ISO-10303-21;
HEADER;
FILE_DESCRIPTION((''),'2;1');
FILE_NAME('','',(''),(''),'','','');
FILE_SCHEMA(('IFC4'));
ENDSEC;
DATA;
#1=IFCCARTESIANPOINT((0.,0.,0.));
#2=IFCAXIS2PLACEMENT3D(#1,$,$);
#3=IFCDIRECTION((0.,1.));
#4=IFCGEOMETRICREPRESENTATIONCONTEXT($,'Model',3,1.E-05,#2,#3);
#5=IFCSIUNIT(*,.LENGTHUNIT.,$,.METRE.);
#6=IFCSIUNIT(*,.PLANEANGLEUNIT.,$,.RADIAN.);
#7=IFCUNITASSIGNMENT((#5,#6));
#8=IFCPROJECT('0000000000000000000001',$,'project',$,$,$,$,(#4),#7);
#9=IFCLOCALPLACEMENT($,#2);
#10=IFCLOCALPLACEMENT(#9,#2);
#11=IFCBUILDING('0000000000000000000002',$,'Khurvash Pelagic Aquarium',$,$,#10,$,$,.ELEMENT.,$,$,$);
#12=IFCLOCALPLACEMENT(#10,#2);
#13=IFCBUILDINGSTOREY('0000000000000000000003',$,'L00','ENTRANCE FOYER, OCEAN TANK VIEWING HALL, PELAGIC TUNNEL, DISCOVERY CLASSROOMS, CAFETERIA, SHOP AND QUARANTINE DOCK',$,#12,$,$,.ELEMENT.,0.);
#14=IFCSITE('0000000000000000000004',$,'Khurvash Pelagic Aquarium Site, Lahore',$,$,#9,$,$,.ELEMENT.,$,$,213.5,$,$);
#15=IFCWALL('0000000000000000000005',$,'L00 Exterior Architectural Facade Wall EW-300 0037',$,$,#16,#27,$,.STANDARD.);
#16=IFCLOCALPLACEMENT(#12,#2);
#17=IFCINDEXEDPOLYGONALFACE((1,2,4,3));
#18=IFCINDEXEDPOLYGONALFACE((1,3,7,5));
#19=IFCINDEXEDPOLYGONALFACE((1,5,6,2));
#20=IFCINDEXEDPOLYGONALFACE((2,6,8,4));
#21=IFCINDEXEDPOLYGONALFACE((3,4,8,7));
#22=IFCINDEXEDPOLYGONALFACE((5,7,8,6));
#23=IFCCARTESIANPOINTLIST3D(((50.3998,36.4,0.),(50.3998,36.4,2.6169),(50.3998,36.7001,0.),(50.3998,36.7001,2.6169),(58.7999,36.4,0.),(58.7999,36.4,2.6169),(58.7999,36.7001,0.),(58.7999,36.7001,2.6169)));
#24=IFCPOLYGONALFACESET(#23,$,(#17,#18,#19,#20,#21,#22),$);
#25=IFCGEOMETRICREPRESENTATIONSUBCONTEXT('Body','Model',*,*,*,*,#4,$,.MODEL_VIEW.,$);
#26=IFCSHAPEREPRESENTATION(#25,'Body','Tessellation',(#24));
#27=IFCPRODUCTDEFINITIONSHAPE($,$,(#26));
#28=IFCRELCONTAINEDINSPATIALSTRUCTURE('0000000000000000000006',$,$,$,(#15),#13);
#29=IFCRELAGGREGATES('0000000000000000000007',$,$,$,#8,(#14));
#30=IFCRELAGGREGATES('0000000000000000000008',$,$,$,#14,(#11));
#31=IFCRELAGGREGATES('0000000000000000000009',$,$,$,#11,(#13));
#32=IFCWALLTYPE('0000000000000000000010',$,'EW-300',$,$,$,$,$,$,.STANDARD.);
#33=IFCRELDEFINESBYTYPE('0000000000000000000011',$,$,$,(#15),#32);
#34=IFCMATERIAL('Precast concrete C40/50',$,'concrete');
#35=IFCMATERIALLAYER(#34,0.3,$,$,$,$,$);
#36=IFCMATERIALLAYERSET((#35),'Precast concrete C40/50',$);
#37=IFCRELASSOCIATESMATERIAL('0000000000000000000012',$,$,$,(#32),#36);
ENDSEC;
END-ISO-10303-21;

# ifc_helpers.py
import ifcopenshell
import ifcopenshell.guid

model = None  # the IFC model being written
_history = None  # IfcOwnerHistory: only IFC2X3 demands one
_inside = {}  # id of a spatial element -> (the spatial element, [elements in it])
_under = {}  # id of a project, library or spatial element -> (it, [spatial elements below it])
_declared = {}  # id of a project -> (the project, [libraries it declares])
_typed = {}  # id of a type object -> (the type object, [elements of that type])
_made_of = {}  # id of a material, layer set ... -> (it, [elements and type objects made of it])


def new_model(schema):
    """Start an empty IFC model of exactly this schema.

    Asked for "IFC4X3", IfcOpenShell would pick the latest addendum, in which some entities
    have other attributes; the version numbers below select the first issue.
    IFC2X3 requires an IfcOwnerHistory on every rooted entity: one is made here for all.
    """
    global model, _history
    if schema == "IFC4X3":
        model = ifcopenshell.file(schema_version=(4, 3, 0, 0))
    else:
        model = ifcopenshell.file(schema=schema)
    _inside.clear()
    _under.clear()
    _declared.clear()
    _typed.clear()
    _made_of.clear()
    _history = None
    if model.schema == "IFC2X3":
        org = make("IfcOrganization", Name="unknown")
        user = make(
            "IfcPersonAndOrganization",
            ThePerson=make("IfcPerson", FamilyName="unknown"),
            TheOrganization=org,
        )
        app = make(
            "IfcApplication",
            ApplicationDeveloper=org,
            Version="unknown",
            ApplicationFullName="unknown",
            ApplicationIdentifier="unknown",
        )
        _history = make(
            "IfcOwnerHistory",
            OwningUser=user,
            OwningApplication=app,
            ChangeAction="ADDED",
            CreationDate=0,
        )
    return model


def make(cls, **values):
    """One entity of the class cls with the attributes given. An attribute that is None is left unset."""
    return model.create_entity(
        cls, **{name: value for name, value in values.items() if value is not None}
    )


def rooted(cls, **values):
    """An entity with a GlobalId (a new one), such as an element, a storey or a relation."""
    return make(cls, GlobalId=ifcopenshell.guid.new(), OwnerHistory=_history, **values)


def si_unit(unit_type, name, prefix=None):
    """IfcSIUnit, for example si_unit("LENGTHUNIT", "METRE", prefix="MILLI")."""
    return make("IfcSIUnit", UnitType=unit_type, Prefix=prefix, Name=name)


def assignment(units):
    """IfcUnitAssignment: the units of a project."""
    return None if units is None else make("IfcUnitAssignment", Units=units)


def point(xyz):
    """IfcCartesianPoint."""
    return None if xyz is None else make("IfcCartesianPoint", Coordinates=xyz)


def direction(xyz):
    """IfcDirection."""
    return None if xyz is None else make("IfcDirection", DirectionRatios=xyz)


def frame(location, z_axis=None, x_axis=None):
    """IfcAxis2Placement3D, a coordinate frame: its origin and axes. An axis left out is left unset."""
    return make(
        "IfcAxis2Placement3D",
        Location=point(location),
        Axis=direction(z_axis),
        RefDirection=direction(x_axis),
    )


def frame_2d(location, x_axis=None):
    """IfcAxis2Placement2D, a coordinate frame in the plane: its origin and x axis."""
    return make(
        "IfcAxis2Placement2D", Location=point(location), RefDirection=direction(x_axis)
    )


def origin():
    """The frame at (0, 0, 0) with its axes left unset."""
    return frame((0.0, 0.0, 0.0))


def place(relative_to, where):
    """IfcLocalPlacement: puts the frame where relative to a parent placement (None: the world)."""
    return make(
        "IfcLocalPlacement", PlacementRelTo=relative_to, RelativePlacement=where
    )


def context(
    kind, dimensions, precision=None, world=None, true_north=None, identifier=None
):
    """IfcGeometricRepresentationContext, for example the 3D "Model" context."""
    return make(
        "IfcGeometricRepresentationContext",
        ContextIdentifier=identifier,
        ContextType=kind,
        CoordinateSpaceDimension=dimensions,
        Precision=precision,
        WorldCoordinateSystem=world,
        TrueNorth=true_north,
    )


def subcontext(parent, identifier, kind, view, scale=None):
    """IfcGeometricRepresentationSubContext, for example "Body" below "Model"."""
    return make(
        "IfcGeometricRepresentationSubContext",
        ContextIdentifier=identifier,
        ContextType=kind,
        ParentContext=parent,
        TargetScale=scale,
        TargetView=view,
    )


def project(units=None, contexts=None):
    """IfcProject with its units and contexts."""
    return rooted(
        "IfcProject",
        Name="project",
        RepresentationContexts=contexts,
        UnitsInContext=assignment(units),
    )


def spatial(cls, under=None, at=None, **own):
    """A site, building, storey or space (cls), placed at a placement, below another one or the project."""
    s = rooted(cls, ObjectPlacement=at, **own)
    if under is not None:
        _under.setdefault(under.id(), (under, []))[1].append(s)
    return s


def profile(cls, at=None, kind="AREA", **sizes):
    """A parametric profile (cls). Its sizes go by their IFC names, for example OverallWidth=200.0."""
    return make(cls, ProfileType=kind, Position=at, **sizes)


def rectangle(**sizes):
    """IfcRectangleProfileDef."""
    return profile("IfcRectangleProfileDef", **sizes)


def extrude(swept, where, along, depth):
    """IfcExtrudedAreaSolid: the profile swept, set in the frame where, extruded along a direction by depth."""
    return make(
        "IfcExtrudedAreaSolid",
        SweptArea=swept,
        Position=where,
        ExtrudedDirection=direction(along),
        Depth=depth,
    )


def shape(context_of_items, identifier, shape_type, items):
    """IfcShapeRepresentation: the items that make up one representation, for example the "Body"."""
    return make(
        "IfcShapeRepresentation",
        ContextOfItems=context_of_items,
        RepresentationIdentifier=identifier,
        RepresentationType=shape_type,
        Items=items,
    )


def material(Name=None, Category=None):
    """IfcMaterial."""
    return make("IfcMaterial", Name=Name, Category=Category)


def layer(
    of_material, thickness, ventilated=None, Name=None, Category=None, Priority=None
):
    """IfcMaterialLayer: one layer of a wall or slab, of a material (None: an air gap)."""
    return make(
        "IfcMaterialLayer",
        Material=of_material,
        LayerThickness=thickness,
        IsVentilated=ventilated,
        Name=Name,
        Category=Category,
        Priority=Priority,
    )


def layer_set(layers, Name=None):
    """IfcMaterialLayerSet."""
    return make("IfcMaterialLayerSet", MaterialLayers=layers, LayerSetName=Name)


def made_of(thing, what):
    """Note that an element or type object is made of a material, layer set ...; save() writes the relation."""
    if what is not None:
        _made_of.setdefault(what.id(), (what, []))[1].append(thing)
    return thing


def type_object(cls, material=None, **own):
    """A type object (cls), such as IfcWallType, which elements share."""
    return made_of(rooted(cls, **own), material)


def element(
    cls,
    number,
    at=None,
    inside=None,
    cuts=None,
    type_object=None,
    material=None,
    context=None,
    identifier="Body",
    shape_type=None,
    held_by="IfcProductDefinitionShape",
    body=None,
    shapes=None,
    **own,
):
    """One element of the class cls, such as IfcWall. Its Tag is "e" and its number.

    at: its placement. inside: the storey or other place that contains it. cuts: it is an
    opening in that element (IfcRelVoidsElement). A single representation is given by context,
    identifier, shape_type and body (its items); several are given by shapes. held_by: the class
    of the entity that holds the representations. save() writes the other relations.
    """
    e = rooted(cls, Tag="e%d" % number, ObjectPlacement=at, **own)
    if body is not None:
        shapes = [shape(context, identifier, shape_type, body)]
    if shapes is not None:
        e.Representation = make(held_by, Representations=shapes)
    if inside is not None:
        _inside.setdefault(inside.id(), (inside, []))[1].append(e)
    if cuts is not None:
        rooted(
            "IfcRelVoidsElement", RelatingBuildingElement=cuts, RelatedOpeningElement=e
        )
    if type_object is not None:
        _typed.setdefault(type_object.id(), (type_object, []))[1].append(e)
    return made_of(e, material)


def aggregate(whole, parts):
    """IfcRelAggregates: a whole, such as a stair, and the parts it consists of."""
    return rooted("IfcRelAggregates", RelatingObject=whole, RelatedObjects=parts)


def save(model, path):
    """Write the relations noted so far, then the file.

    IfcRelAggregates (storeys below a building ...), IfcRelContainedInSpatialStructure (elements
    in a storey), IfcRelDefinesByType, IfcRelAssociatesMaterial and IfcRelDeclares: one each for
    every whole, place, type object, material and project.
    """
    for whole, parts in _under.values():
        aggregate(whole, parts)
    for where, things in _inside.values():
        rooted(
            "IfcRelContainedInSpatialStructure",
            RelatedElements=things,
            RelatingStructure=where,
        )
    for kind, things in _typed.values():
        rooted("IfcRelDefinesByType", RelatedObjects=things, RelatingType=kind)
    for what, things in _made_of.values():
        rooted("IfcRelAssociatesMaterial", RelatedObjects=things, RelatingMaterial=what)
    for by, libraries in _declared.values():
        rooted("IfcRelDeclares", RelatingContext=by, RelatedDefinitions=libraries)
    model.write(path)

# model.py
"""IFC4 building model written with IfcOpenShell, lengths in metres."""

from ifc_helpers import new_model, si_unit, direction, frame, frame_2d, origin, place, context, subcontext, project, spatial, rectangle, extrude, material, layer, layer_set, type_object, element, save


model = new_model("IFC4")

# Units and contexts
model_context = context("Model", 3, precision=1e-05, world=origin(), true_north=direction((0.0, 1.0)))
body_context = subcontext(model_context, "Body", "Model", "MODEL_VIEW")
ifc_project = project(units=[si_unit("LENGTHUNIT", "METRE"), si_unit("PLANEANGLEUNIT", "RADIAN")], contexts=[model_context])

# Site, building, storey
site_placement = place(None, origin())
site = spatial("IfcSite", under=ifc_project, at=site_placement, Name="Khurvash Pelagic Aquarium Site, Lahore", CompositionType="ELEMENT", RefElevation=213.5)
building_placement = place(site_placement, origin())
building = spatial("IfcBuilding", under=site, at=building_placement, Name="Khurvash Pelagic Aquarium", CompositionType="ELEMENT")
storey_placement = place(building_placement, origin())
storey = spatial("IfcBuildingStorey", under=building, at=storey_placement, Name="L00", Description="ENTRANCE FOYER, OCEAN TANK VIEWING HALL, PELAGIC TUNNEL, DISCOVERY CLASSROOMS, CAFETERIA, SHOP AND QUARANTINE DOCK", CompositionType="ELEMENT", Elevation=0.0)

# Wall
ifc_material_1 = material(Name="Precast concrete C40/50", Category="concrete")
ifc_layer_1 = layer(ifc_material_1, 0.3)
ifc_layer_set_1 = layer_set([ifc_layer_1], Name="Precast concrete C40/50")
wall_type = type_object("IfcWallType", Name="EW-300", PredefinedType="STANDARD", material=ifc_layer_set_1)
wall_placement = place(storey_placement, frame((58.8, 36.55, 0.0), z_axis=(0.0, 0.0, 1.0), x_axis=(-1.0, 0.0, 0.0)))
element("IfcWall", 1, at=wall_placement, inside=storey, type_object=wall_type, Name="L00 Exterior Architectural Facade Wall EW-300 0037", PredefinedType="STANDARD", context=body_context, shape_type="SweptSolid", body=[
    extrude(rectangle(XDim=8.4001, YDim=0.3, at=frame_2d((4.2002, 0.0))), origin(), (0.0, 0.0, 1.0), 2.6169),
])

save(model, "model.ifc")
